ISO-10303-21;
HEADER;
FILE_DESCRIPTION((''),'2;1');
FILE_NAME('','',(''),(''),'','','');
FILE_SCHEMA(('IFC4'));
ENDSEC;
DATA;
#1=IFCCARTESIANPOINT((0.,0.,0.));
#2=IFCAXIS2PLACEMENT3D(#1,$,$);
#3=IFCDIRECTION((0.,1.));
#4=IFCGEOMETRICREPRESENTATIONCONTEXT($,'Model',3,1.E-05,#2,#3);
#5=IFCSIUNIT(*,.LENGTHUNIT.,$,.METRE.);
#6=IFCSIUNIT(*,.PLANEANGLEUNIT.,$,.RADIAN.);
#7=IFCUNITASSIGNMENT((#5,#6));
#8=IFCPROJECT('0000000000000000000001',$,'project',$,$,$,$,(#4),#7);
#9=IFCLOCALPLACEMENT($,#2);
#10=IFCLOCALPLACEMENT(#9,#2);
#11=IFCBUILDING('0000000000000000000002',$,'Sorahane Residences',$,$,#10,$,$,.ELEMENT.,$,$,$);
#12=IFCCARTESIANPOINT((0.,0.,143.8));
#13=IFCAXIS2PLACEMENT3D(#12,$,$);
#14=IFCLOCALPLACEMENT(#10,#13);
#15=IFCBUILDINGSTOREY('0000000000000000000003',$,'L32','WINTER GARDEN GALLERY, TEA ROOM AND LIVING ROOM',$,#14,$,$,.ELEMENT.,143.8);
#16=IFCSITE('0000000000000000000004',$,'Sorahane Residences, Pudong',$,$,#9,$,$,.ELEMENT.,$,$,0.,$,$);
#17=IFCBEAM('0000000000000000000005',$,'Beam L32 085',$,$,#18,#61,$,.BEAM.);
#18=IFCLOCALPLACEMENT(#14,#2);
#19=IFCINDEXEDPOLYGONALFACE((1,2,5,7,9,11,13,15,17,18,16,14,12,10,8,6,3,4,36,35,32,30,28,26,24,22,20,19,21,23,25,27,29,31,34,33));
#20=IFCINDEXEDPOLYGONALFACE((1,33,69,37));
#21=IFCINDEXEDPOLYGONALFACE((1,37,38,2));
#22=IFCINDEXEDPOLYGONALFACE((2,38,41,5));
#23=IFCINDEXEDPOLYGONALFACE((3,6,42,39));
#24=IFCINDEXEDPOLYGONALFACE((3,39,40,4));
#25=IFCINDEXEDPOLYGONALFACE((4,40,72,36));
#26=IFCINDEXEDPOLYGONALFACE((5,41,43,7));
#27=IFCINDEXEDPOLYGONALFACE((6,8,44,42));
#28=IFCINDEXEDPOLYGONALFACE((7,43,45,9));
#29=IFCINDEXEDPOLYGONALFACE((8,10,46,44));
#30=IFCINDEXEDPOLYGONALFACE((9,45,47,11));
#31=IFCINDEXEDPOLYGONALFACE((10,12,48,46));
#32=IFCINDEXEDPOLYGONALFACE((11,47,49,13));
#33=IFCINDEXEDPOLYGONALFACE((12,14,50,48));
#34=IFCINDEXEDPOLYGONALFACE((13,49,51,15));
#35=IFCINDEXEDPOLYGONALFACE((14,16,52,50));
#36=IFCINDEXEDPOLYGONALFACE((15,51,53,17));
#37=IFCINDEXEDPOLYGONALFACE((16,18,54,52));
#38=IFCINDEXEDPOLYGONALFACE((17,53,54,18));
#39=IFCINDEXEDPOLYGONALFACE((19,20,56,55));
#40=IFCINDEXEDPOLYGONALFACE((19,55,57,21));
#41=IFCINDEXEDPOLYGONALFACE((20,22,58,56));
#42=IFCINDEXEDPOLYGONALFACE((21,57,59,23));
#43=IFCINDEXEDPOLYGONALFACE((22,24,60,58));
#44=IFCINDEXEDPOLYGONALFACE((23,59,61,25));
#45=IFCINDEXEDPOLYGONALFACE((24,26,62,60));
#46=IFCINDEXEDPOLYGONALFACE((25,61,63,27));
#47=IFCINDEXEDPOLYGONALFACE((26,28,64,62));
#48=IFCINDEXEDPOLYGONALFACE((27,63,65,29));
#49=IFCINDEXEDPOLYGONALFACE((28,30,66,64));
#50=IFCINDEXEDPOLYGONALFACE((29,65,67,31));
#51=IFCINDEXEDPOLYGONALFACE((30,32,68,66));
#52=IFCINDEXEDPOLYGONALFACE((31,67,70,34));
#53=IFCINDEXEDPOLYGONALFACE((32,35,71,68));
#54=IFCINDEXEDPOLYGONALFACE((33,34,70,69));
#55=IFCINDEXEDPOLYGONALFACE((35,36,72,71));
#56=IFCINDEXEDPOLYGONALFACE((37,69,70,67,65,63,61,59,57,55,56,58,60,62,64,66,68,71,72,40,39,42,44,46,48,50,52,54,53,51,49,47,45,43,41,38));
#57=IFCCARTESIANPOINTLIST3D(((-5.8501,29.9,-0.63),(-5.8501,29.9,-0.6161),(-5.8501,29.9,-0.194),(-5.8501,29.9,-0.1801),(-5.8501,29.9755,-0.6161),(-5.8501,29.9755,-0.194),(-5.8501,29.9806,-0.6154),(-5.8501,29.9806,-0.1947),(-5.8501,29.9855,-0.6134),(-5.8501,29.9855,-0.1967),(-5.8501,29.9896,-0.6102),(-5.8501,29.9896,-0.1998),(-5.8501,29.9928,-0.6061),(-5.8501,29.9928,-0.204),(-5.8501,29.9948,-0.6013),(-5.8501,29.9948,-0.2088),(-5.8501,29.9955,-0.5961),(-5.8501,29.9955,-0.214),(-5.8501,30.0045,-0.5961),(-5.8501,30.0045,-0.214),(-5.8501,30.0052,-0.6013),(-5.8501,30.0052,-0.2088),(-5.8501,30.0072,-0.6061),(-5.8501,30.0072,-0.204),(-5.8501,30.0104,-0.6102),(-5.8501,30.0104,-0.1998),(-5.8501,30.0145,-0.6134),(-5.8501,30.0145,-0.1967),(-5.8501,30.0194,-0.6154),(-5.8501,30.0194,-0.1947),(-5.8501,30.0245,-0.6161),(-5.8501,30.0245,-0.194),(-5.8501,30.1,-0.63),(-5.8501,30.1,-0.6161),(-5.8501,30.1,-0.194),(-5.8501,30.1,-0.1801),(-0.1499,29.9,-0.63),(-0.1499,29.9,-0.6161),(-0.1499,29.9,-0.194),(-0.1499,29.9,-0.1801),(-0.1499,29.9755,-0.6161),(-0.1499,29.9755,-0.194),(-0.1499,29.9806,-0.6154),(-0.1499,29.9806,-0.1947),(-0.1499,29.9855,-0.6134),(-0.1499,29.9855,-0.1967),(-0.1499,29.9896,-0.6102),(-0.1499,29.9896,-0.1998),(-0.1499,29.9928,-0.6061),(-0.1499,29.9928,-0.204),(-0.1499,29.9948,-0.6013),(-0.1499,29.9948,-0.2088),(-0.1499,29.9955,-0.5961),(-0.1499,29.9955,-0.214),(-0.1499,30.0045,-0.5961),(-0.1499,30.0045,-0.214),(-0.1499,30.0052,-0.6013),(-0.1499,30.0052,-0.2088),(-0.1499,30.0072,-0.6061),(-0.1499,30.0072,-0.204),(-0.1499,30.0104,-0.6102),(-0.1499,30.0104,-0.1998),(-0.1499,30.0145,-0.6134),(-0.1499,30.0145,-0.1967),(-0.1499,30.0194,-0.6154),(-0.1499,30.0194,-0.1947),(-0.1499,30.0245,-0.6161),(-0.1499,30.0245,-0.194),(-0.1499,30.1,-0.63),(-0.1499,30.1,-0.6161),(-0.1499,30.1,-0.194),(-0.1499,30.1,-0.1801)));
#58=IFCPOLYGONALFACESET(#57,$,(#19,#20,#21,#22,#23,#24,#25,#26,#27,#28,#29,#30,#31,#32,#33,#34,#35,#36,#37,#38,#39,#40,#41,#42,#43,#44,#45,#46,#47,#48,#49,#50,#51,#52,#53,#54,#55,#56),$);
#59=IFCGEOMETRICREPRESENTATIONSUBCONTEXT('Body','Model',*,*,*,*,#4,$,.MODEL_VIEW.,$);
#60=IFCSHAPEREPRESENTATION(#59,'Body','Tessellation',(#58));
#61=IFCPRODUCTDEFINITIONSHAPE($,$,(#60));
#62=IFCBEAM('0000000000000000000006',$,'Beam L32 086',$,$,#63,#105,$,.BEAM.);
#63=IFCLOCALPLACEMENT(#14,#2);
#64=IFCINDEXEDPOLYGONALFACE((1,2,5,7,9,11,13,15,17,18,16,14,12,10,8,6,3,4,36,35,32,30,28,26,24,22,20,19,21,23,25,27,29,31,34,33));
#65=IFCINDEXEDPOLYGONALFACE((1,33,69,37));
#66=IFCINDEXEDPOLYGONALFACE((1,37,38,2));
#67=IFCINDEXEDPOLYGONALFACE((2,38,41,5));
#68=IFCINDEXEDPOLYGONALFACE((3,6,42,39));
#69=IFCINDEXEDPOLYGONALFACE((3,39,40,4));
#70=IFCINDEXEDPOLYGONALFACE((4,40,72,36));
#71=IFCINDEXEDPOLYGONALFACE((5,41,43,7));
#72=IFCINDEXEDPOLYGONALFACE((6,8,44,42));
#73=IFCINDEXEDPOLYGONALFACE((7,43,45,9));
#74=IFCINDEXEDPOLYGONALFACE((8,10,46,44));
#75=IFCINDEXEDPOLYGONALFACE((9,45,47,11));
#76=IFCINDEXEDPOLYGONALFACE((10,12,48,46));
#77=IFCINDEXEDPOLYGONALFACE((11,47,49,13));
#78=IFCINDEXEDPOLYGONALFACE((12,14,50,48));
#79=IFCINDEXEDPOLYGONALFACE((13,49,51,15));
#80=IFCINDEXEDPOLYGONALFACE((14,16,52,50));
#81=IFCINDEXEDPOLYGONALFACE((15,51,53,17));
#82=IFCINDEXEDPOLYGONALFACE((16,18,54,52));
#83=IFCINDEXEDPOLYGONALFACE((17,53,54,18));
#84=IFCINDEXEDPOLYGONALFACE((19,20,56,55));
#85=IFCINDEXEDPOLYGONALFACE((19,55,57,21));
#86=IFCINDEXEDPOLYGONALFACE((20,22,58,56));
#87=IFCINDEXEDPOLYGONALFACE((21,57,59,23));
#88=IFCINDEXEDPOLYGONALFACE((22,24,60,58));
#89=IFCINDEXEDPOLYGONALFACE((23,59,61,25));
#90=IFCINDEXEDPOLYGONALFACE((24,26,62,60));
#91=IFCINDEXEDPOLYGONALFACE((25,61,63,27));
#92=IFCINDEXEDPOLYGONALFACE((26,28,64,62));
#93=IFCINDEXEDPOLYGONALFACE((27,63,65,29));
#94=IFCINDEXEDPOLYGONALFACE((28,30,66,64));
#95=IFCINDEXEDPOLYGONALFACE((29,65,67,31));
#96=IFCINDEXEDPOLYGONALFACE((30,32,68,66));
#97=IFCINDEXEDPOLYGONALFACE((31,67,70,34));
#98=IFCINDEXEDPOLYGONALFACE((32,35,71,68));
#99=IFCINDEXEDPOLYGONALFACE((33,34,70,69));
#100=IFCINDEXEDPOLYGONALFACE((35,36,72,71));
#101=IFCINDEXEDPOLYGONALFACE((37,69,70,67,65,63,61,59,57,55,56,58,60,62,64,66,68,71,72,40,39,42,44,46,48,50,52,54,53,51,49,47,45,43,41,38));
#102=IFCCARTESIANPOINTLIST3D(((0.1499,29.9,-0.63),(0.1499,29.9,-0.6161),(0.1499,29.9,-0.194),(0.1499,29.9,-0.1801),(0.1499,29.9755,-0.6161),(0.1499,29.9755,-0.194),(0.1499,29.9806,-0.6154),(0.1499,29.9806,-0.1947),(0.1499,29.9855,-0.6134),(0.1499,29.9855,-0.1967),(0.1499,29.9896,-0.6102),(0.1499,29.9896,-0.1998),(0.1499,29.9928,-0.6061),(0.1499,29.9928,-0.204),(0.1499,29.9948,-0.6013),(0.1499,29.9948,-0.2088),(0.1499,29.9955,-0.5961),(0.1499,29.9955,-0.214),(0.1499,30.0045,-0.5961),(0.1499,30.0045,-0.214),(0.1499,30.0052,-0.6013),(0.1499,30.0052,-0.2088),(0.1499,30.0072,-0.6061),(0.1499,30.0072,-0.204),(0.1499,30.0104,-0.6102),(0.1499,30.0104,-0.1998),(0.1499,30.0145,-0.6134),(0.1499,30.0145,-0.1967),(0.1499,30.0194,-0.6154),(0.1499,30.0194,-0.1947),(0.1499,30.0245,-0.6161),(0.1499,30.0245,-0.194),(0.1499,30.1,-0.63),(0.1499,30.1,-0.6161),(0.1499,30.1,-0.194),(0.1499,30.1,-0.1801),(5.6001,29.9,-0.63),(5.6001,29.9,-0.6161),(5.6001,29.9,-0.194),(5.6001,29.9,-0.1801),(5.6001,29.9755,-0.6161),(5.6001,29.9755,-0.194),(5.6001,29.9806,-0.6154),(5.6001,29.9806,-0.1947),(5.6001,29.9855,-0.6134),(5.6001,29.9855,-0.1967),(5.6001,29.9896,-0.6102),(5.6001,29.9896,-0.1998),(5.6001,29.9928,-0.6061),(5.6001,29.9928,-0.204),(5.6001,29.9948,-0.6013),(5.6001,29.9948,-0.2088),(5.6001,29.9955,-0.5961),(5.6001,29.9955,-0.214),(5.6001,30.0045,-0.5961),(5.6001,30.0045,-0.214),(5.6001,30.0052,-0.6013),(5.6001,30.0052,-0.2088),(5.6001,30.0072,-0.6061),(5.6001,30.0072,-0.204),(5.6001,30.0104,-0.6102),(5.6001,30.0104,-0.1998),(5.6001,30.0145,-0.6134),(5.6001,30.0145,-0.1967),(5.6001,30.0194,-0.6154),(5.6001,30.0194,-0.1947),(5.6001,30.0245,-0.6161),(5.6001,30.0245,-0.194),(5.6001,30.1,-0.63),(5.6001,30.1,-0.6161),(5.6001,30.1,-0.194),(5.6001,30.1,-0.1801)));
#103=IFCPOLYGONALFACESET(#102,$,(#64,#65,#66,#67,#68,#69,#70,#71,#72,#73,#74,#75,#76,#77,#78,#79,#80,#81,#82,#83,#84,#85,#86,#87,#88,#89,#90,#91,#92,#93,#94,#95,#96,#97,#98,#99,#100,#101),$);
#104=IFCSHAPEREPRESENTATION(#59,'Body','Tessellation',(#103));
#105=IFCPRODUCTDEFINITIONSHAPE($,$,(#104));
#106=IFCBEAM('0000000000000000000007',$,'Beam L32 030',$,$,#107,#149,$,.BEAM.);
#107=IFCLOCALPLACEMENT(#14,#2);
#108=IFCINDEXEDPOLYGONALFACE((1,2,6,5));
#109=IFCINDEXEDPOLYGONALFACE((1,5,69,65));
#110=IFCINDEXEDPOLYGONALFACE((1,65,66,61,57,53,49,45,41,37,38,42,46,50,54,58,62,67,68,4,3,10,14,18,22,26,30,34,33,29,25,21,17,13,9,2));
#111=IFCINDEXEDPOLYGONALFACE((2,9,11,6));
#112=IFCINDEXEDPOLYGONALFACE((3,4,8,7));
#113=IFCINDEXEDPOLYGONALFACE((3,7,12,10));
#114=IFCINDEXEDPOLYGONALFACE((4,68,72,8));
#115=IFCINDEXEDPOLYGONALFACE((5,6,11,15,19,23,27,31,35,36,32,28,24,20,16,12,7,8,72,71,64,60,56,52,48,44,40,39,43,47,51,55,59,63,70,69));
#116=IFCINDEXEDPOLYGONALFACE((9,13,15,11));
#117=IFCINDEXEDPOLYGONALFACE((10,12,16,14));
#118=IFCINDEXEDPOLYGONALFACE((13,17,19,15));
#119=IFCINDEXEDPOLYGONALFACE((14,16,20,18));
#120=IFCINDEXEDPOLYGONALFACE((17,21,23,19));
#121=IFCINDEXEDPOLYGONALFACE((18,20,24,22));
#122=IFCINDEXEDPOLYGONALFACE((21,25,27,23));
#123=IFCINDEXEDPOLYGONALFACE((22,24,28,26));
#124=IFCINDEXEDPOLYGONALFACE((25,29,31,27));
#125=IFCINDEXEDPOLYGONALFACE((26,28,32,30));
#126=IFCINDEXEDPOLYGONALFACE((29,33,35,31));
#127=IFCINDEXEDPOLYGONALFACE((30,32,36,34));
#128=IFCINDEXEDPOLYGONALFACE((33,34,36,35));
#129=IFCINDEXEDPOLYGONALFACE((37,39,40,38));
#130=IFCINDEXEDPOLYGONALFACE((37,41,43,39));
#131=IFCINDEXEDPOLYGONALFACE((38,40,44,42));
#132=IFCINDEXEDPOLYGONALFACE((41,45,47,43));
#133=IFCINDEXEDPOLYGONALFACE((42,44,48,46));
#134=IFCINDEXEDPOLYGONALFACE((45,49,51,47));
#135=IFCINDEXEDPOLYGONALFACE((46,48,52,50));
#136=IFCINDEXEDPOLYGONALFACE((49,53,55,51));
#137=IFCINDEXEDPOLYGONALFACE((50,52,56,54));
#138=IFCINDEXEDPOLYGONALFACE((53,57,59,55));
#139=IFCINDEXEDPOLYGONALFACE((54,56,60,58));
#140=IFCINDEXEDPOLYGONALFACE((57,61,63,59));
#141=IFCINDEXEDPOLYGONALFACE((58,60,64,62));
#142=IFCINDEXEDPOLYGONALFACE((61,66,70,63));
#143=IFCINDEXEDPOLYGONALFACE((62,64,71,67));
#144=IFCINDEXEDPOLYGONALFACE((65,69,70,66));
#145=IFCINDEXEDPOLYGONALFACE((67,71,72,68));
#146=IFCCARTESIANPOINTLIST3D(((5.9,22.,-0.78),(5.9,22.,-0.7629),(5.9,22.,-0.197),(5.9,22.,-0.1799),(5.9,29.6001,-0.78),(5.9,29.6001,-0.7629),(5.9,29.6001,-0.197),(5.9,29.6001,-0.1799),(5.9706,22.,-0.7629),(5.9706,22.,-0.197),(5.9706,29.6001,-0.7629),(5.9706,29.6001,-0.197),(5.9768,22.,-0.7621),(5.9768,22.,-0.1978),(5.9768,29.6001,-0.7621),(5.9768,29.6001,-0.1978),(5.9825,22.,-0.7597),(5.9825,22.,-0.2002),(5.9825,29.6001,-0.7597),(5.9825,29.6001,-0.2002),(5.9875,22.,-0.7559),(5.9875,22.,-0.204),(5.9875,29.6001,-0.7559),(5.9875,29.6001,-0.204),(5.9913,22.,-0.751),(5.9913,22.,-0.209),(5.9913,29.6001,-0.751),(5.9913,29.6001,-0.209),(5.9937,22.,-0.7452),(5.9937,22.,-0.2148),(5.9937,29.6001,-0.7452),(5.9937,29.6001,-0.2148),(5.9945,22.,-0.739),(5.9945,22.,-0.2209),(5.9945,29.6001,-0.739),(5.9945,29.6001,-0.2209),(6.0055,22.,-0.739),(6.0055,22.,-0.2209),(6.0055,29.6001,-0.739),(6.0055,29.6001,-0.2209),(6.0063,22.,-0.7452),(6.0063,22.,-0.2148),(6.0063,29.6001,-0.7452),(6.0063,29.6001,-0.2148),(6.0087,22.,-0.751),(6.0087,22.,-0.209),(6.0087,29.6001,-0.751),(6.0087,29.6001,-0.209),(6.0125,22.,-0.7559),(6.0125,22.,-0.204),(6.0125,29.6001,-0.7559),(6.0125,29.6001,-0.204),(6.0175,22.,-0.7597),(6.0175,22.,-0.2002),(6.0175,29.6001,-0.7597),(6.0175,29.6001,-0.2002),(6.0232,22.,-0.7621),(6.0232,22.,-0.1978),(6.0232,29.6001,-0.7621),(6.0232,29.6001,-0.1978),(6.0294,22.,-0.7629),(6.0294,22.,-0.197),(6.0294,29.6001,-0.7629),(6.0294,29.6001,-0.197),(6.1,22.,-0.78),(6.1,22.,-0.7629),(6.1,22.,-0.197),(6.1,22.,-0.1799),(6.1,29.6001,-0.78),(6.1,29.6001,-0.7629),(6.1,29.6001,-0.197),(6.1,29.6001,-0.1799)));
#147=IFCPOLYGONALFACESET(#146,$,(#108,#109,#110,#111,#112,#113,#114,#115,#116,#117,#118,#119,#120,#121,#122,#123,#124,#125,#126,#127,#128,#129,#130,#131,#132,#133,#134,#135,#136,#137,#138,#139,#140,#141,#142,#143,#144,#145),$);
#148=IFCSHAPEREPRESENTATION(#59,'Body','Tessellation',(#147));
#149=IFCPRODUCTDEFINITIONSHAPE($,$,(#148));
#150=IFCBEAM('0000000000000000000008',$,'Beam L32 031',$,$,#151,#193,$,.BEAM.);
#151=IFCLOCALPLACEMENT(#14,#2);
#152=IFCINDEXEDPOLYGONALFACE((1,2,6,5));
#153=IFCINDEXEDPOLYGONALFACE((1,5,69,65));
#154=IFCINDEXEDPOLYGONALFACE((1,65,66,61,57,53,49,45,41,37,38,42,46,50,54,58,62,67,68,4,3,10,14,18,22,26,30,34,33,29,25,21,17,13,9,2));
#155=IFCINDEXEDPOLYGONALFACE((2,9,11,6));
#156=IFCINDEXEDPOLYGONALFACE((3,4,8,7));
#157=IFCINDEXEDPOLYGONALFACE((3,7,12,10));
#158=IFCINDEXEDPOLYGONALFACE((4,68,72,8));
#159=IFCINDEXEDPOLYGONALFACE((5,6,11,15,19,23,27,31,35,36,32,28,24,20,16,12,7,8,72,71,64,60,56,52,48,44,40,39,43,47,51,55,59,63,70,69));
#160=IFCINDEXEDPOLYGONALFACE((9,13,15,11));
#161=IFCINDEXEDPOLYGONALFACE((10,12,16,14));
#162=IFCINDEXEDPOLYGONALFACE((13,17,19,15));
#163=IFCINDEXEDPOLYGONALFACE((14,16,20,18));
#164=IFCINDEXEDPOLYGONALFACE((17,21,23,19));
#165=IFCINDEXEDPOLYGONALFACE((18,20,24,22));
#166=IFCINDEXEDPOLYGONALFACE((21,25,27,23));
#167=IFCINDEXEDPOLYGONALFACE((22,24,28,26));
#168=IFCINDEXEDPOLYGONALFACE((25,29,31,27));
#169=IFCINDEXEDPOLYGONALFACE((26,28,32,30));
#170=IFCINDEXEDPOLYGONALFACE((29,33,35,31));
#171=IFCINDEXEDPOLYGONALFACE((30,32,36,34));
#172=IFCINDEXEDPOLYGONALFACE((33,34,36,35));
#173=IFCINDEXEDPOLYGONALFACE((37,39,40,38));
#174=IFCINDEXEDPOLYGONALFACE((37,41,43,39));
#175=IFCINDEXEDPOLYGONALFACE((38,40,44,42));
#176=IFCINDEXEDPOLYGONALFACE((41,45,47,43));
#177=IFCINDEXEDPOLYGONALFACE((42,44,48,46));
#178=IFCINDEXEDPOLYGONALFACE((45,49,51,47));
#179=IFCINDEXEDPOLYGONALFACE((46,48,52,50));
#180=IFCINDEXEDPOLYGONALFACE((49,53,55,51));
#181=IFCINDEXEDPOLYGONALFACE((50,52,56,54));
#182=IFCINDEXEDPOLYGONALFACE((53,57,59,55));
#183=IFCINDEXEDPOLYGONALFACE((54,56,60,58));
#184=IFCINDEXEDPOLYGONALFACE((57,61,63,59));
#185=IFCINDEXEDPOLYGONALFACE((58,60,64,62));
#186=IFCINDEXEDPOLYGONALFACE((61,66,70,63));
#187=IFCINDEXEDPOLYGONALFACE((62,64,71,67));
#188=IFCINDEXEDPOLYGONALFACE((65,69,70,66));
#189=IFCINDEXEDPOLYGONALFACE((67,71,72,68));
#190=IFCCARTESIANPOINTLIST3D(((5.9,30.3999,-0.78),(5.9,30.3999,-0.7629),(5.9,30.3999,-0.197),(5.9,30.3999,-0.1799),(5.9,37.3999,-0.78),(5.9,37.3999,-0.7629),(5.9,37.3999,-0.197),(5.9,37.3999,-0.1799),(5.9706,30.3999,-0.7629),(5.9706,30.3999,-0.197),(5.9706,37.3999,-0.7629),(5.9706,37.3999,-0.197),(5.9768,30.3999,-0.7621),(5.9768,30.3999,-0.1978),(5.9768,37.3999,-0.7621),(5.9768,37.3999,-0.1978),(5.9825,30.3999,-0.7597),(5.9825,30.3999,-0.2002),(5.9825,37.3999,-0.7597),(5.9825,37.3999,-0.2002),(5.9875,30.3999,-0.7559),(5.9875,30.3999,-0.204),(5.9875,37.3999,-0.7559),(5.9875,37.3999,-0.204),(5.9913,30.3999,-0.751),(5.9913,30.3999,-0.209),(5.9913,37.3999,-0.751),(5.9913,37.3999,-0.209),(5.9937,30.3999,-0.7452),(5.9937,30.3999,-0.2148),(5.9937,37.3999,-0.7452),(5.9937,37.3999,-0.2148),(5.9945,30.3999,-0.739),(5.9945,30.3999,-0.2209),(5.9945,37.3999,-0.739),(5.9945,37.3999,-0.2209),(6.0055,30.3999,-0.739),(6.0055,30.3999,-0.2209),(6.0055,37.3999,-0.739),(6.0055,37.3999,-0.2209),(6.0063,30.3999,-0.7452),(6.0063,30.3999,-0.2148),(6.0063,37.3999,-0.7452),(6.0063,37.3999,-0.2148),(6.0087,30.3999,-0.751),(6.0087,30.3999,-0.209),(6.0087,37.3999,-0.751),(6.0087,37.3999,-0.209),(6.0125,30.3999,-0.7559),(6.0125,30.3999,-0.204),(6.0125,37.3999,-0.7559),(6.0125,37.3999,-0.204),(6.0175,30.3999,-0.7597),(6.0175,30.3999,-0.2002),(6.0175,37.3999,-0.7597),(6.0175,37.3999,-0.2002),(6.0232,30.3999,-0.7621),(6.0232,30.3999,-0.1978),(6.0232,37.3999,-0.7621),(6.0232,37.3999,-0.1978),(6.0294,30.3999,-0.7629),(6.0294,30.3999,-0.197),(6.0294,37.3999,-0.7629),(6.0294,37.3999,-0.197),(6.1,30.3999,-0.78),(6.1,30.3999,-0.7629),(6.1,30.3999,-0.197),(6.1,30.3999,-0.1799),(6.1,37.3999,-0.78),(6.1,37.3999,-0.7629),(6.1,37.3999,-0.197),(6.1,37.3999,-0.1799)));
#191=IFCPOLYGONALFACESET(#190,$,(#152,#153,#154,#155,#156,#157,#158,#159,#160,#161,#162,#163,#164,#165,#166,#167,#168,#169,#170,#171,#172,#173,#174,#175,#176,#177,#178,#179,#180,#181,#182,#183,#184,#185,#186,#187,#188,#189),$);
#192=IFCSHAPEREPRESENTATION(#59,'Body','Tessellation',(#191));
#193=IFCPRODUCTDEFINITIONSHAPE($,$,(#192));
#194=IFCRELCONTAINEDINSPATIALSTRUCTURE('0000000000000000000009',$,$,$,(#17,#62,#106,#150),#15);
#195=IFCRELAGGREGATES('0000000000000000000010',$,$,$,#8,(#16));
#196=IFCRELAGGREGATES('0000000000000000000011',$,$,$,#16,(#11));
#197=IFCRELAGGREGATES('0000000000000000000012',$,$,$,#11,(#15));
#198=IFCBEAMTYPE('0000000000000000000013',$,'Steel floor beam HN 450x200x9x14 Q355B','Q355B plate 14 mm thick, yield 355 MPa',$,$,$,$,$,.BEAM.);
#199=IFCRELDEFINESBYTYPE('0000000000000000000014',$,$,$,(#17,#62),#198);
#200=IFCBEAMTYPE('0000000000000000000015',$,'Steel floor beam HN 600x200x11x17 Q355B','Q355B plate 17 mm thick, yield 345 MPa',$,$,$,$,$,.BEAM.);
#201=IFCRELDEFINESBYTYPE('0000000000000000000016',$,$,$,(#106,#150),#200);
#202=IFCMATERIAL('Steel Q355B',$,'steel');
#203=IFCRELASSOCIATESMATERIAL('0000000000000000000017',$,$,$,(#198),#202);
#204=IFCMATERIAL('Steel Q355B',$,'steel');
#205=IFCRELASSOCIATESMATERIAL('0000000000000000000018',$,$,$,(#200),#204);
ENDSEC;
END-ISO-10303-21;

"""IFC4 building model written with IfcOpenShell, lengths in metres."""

from ifc_helpers import new_model, si_unit, direction, frame, origin, origin_2d, place, context, subcontext, project, spatial, i_section, extrude, material, material_profile, profile_set, type_object, element, save


model = new_model("IFC4")

# Units and contexts
model_context = context("Model", 3, precision=1e-05, world=origin(), true_north=direction((0.0, 1.0)))
body_context = subcontext(model_context, "Body", "Model", "MODEL_VIEW")
ifc_project = project(units=[si_unit("LENGTHUNIT", "METRE"), si_unit("PLANEANGLEUNIT", "RADIAN")], contexts=[model_context])

# Site, building, storey
site_placement = place(None, origin())
site = spatial("IfcSite", under=ifc_project, at=site_placement, Name="Sorahane Residences, Pudong", CompositionType="ELEMENT", RefElevation=0.0)
building_placement = place(site_placement, origin())
building = spatial("IfcBuilding", under=site, at=building_placement, Name="Sorahane Residences", CompositionType="ELEMENT")
storey_placement = place(building_placement, frame((0.0, 0.0, 143.8)))
storey = spatial("IfcBuildingStorey", under=building, at=storey_placement, Name="L32", Description="WINTER GARDEN GALLERY, TEA ROOM AND LIVING ROOM", CompositionType="ELEMENT", Elevation=143.8)

# Beams
ifc_material_1 = material(Name="Steel Q355B", Category="steel")
ifc_material_profile_1 = material_profile(ifc_material_1, i_section(OverallWidth=0.2, OverallDepth=0.45, WebThickness=0.009, FlangeThickness=0.0139, FilletRadius=0.02, at=origin_2d()), Name="HN 450x200x9x14")
ifc_profile_set_1 = profile_set([ifc_material_profile_1], Name="Steel Q355B")
beam_type_1 = type_object("IfcBeamType", Name="Steel floor beam HN 450x200x9x14 Q355B", Description="Q355B plate 14 mm thick, yield 355 MPa", PredefinedType="BEAM", material=ifc_profile_set_1)
beam_1_placement = place(storey_placement, frame((-5.8501, 30.0, -0.405), z_axis=(1.0, 0.0, 0.0), x_axis=(0.0, 1.0, 0.0)))
element("IfcBeam", 1, at=beam_1_placement, inside=storey, type_object=beam_type_1, Name="Beam L32 085", PredefinedType="BEAM", context=body_context, shape_type="SweptSolid", body=[
    extrude(i_section(OverallWidth=0.2, OverallDepth=0.45, WebThickness=0.009, FlangeThickness=0.0139, FilletRadius=0.02, at=origin_2d()), origin(), (0.0, 0.0, 1.0), 5.7002),
])
beam_2_placement = place(storey_placement, frame((0.1499, 30.0, -0.405), z_axis=(1.0, 0.0, 0.0), x_axis=(0.0, 1.0, 0.0)))
element("IfcBeam", 2, at=beam_2_placement, inside=storey, type_object=beam_type_1, Name="Beam L32 086", PredefinedType="BEAM", context=body_context, shape_type="SweptSolid", body=[
    extrude(i_section(OverallWidth=0.2, OverallDepth=0.45, WebThickness=0.009, FlangeThickness=0.0139, FilletRadius=0.02, at=origin_2d()), origin(), (0.0, 0.0, 1.0), 5.4502),
])
ifc_material_2 = material(Name="Steel Q355B", Category="steel")
ifc_material_profile_2 = material_profile(ifc_material_2, i_section(OverallWidth=0.2, OverallDepth=0.6001, WebThickness=0.011, FlangeThickness=0.0171, FilletRadius=0.0239, at=origin_2d()), Name="HN 600x200x11x17")
ifc_profile_set_2 = profile_set([ifc_material_profile_2], Name="Steel Q355B")
beam_type_2 = type_object("IfcBeamType", Name="Steel floor beam HN 600x200x11x17 Q355B", Description="Q355B plate 17 mm thick, yield 345 MPa", PredefinedType="BEAM", material=ifc_profile_set_2)
beam_3_placement = place(storey_placement, frame((6.0, 22.0, -0.48), z_axis=(0.0, 1.0, 0.0), x_axis=(-1.0, 0.0, 0.0)))
element("IfcBeam", 3, at=beam_3_placement, inside=storey, type_object=beam_type_2, Name="Beam L32 030", PredefinedType="BEAM", context=body_context, shape_type="SweptSolid", body=[
    extrude(i_section(OverallWidth=0.2, OverallDepth=0.6001, WebThickness=0.011, FlangeThickness=0.0171, FilletRadius=0.0239, at=origin_2d()), origin(), (0.0, 0.0, 1.0), 7.6001),
])
beam_4_placement = place(storey_placement, frame((6.0, 30.3999, -0.48), z_axis=(0.0, 1.0, 0.0), x_axis=(-1.0, 0.0, 0.0)))
element("IfcBeam", 4, at=beam_4_placement, inside=storey, type_object=beam_type_2, Name="Beam L32 031", PredefinedType="BEAM", context=body_context, shape_type="SweptSolid", body=[
    extrude(i_section(OverallWidth=0.2, OverallDepth=0.6001, WebThickness=0.011, FlangeThickness=0.0171, FilletRadius=0.0239, at=origin_2d()), origin(), (0.0, 0.0, 1.0), 7.0),
])

save(model, "model.ifc")
